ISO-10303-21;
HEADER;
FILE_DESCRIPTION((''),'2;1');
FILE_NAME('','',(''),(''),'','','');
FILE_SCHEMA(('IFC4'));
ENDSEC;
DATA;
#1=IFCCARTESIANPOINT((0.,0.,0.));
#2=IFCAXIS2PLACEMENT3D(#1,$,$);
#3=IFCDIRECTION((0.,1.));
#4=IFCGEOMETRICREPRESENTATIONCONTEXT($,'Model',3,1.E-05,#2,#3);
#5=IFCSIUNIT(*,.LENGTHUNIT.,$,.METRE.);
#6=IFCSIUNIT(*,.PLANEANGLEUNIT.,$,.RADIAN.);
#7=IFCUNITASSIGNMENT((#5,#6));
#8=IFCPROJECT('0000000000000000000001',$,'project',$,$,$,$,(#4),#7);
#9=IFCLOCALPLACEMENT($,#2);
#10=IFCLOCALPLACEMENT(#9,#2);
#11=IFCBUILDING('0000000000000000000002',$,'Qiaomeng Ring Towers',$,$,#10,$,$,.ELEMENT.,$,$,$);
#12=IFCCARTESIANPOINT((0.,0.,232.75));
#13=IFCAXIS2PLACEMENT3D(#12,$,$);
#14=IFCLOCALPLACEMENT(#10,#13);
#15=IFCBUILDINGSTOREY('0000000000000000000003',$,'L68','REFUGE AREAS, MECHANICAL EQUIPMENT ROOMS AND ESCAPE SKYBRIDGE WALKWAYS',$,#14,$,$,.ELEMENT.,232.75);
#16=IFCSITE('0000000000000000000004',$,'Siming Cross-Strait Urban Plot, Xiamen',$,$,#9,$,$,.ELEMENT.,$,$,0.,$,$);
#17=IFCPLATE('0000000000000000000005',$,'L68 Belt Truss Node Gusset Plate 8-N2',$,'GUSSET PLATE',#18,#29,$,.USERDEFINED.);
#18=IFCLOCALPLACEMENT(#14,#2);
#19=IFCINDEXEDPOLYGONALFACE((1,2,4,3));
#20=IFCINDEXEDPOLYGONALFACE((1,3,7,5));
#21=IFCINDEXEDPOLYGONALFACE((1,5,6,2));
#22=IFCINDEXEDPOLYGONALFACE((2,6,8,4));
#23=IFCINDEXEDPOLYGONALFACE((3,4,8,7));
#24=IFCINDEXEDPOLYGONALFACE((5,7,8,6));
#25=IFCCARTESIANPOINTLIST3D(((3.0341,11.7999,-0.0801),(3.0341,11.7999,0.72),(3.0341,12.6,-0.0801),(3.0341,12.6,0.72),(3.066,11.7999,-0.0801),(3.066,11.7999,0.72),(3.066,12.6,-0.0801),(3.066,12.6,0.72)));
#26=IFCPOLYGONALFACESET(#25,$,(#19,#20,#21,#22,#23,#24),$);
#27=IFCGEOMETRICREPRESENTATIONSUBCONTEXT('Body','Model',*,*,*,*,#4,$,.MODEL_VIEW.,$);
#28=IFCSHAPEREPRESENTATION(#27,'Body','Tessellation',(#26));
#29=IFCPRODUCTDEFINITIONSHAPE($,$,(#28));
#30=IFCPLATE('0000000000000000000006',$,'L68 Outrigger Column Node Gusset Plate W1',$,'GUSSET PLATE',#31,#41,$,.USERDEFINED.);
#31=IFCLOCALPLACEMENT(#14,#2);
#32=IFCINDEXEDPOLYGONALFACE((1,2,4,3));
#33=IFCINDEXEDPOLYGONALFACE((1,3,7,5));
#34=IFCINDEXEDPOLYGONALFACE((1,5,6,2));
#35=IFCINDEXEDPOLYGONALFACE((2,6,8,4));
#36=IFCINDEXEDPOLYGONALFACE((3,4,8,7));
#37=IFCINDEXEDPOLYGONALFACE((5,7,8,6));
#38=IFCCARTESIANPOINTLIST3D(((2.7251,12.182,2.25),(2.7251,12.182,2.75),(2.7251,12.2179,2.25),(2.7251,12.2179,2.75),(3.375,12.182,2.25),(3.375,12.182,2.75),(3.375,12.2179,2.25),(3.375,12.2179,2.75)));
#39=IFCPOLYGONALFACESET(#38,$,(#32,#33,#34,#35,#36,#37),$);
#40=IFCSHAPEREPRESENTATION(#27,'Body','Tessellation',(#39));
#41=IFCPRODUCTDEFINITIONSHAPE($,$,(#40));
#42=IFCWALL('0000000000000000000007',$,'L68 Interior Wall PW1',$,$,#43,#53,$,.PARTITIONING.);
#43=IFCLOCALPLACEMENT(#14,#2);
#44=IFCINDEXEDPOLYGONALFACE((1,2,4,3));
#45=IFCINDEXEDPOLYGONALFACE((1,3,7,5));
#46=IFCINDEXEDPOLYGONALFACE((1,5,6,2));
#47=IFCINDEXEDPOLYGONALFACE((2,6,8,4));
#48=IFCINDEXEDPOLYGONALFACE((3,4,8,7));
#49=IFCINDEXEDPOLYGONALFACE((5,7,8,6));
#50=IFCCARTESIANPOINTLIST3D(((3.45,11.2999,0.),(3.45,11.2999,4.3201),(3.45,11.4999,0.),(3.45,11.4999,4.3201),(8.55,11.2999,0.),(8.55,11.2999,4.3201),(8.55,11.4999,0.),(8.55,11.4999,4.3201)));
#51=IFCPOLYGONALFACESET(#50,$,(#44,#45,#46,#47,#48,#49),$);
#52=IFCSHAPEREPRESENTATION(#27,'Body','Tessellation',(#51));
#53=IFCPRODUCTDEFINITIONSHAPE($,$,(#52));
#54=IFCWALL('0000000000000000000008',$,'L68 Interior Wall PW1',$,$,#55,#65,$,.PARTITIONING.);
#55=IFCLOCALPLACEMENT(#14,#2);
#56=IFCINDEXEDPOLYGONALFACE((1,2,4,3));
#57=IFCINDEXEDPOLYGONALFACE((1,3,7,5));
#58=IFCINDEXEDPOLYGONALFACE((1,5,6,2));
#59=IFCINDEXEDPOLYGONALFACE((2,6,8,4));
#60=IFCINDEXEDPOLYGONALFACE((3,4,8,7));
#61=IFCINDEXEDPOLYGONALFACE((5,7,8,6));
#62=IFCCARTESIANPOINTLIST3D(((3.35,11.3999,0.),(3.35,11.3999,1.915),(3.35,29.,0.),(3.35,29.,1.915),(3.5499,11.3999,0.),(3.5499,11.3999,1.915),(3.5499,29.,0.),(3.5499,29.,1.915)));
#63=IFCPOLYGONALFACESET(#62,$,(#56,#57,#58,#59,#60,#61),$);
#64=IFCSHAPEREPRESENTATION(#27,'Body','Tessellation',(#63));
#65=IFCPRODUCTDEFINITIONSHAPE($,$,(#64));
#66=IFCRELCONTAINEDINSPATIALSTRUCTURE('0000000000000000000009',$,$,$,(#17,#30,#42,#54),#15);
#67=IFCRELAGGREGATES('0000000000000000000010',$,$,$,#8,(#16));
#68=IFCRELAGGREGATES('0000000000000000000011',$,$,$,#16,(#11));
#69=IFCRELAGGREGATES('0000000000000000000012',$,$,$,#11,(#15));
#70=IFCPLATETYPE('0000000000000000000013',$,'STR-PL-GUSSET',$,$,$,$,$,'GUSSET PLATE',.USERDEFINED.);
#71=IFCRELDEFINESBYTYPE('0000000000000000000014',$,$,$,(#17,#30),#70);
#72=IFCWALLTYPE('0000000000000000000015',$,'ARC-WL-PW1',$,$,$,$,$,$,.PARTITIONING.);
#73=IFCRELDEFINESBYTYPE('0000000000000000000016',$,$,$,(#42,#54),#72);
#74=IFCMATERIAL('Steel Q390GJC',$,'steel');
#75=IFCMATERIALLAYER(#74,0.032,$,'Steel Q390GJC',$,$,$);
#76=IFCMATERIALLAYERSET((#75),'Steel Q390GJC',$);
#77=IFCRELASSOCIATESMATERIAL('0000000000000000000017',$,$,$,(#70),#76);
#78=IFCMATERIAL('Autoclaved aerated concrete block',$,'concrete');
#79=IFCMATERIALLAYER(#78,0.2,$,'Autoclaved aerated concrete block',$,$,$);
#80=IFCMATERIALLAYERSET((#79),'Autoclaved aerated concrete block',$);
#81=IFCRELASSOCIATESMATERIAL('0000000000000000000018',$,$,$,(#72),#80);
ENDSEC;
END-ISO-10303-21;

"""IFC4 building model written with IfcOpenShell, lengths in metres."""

from ifc_helpers import new_model, si_unit, direction, frame, frame_2d, origin, origin_2d, place, context, subcontext, project, spatial, rectangle, extrude, source, transform, mapped, material, layer, layer_set, type_object, element, save


model = new_model("IFC4")

# Units and contexts
model_context = context("Model", 3, precision=1e-05, world=origin(), true_north=direction((0.0, 1.0)))
body_context = subcontext(model_context, "Body", "Model", "MODEL_VIEW")
ifc_project = project(units=[si_unit("LENGTHUNIT", "METRE"), si_unit("PLANEANGLEUNIT", "RADIAN")], contexts=[model_context])

# Site, building, storey
site_placement = place(None, origin())
site = spatial("IfcSite", under=ifc_project, at=site_placement, Name="Siming Cross-Strait Urban Plot, Xiamen", CompositionType="ELEMENT", RefElevation=0.0)
building_placement = place(site_placement, origin())
building = spatial("IfcBuilding", under=site, at=building_placement, Name="Qiaomeng Ring Towers", CompositionType="ELEMENT")
storey_placement = place(building_placement, frame((0.0, 0.0, 232.75)))
storey = spatial("IfcBuildingStorey", under=building, at=storey_placement, Name="L68", Description="REFUGE AREAS, MECHANICAL EQUIPMENT ROOMS AND ESCAPE SKYBRIDGE WALKWAYS", CompositionType="ELEMENT", Elevation=232.75)

# Shared definitions
ifc_material_1 = material(Name="Steel Q390GJC", Category="steel")

# Plates
ifc_layer_1 = layer(ifc_material_1, 0.032, Name="Steel Q390GJC")
ifc_layer_set_1 = layer_set([ifc_layer_1], Name="Steel Q390GJC")
plate_type = type_object("IfcPlateType", Name="STR-PL-GUSSET", ElementType="GUSSET PLATE", PredefinedType="USERDEFINED", material=ifc_layer_set_1)
shared_shape_1 = source(origin(), body_context, "Body", "SweptSolid", [
    extrude(rectangle(XDim=0.8, YDim=0.032, at=origin_2d()), origin(), (0.0, 0.0, 1.0), 0.8),
])
plate_1_placement = place(storey_placement, frame((3.05, 12.2, -0.0801), z_axis=(0.0, 0.0, 1.0), x_axis=(0.0, -1.0, 0.0)))
element("IfcPlate", 1, at=plate_1_placement, inside=storey, type_object=plate_type, Name="L68 Belt Truss Node Gusset Plate 8-N2", ObjectType="GUSSET PLATE", PredefinedType="USERDEFINED", context=body_context, shape_type="MappedRepresentation", body=[
    mapped(shared_shape_1, transform((0.0, 0.0, 0.0), x_axis=(1.0, 0.0, 0.0), y_axis=(0.0, 1.0, 0.0), z_axis=(0.0, 0.0, 1.0), scale=1.0)),
])
shared_shape_2 = source(origin(), body_context, "Body", "SweptSolid", [
    extrude(rectangle(XDim=0.6499, YDim=0.0359, at=origin_2d()), origin(), (0.0, 0.0, 1.0), 0.5),
])
plate_2_placement = place(storey_placement, frame((3.05, 12.2, 2.25), z_axis=(0.0, 0.0, 1.0), x_axis=(1.0, 0.0, 0.0)))
element("IfcPlate", 2, at=plate_2_placement, inside=storey, type_object=plate_type, Name="L68 Outrigger Column Node Gusset Plate W1", ObjectType="GUSSET PLATE", PredefinedType="USERDEFINED", context=body_context, shape_type="MappedRepresentation", body=[
    mapped(shared_shape_2, transform((0.0, 0.0, 0.0), x_axis=(1.0, 0.0, 0.0), y_axis=(0.0, 1.0, 0.0), z_axis=(0.0, 0.0, 1.0), scale=1.0)),
])

# Walls
ifc_material_2 = material(Name="Autoclaved aerated concrete block", Category="concrete")
ifc_layer_2 = layer(ifc_material_2, 0.2, Name="Autoclaved aerated concrete block")
ifc_layer_set_2 = layer_set([ifc_layer_2], Name="Autoclaved aerated concrete block")
wall_type = type_object("IfcWallType", Name="ARC-WL-PW1", PredefinedType="PARTITIONING", material=ifc_layer_set_2)
wall_1_placement = place(storey_placement, frame((3.45, 11.3999, 0.0), z_axis=(0.0, 0.0, 1.0), x_axis=(1.0, 0.0, 0.0)))
element("IfcWall", 3, at=wall_1_placement, inside=storey, type_object=wall_type, Name="L68 Interior Wall PW1", PredefinedType="PARTITIONING", context=body_context, shape_type="SweptSolid", body=[
    extrude(rectangle(XDim=5.1001, YDim=0.2, at=frame_2d((2.55, 0.0))), origin(), (0.0, 0.0, 1.0), 4.3201),
])
wall_2_placement = place(storey_placement, frame((3.45, 11.3999, 0.0), z_axis=(0.0, 0.0, 1.0), x_axis=(0.0, 1.0, 0.0)))
element("IfcWall", 4, at=wall_2_placement, inside=storey, type_object=wall_type, Name="L68 Interior Wall PW1", PredefinedType="PARTITIONING", context=body_context, shape_type="SweptSolid", body=[
    extrude(rectangle(XDim=17.6001, YDim=0.2, at=frame_2d((8.8, 0.0))), origin(), (0.0, 0.0, 1.0), 1.915),
])

save(model, "model.ifc")
